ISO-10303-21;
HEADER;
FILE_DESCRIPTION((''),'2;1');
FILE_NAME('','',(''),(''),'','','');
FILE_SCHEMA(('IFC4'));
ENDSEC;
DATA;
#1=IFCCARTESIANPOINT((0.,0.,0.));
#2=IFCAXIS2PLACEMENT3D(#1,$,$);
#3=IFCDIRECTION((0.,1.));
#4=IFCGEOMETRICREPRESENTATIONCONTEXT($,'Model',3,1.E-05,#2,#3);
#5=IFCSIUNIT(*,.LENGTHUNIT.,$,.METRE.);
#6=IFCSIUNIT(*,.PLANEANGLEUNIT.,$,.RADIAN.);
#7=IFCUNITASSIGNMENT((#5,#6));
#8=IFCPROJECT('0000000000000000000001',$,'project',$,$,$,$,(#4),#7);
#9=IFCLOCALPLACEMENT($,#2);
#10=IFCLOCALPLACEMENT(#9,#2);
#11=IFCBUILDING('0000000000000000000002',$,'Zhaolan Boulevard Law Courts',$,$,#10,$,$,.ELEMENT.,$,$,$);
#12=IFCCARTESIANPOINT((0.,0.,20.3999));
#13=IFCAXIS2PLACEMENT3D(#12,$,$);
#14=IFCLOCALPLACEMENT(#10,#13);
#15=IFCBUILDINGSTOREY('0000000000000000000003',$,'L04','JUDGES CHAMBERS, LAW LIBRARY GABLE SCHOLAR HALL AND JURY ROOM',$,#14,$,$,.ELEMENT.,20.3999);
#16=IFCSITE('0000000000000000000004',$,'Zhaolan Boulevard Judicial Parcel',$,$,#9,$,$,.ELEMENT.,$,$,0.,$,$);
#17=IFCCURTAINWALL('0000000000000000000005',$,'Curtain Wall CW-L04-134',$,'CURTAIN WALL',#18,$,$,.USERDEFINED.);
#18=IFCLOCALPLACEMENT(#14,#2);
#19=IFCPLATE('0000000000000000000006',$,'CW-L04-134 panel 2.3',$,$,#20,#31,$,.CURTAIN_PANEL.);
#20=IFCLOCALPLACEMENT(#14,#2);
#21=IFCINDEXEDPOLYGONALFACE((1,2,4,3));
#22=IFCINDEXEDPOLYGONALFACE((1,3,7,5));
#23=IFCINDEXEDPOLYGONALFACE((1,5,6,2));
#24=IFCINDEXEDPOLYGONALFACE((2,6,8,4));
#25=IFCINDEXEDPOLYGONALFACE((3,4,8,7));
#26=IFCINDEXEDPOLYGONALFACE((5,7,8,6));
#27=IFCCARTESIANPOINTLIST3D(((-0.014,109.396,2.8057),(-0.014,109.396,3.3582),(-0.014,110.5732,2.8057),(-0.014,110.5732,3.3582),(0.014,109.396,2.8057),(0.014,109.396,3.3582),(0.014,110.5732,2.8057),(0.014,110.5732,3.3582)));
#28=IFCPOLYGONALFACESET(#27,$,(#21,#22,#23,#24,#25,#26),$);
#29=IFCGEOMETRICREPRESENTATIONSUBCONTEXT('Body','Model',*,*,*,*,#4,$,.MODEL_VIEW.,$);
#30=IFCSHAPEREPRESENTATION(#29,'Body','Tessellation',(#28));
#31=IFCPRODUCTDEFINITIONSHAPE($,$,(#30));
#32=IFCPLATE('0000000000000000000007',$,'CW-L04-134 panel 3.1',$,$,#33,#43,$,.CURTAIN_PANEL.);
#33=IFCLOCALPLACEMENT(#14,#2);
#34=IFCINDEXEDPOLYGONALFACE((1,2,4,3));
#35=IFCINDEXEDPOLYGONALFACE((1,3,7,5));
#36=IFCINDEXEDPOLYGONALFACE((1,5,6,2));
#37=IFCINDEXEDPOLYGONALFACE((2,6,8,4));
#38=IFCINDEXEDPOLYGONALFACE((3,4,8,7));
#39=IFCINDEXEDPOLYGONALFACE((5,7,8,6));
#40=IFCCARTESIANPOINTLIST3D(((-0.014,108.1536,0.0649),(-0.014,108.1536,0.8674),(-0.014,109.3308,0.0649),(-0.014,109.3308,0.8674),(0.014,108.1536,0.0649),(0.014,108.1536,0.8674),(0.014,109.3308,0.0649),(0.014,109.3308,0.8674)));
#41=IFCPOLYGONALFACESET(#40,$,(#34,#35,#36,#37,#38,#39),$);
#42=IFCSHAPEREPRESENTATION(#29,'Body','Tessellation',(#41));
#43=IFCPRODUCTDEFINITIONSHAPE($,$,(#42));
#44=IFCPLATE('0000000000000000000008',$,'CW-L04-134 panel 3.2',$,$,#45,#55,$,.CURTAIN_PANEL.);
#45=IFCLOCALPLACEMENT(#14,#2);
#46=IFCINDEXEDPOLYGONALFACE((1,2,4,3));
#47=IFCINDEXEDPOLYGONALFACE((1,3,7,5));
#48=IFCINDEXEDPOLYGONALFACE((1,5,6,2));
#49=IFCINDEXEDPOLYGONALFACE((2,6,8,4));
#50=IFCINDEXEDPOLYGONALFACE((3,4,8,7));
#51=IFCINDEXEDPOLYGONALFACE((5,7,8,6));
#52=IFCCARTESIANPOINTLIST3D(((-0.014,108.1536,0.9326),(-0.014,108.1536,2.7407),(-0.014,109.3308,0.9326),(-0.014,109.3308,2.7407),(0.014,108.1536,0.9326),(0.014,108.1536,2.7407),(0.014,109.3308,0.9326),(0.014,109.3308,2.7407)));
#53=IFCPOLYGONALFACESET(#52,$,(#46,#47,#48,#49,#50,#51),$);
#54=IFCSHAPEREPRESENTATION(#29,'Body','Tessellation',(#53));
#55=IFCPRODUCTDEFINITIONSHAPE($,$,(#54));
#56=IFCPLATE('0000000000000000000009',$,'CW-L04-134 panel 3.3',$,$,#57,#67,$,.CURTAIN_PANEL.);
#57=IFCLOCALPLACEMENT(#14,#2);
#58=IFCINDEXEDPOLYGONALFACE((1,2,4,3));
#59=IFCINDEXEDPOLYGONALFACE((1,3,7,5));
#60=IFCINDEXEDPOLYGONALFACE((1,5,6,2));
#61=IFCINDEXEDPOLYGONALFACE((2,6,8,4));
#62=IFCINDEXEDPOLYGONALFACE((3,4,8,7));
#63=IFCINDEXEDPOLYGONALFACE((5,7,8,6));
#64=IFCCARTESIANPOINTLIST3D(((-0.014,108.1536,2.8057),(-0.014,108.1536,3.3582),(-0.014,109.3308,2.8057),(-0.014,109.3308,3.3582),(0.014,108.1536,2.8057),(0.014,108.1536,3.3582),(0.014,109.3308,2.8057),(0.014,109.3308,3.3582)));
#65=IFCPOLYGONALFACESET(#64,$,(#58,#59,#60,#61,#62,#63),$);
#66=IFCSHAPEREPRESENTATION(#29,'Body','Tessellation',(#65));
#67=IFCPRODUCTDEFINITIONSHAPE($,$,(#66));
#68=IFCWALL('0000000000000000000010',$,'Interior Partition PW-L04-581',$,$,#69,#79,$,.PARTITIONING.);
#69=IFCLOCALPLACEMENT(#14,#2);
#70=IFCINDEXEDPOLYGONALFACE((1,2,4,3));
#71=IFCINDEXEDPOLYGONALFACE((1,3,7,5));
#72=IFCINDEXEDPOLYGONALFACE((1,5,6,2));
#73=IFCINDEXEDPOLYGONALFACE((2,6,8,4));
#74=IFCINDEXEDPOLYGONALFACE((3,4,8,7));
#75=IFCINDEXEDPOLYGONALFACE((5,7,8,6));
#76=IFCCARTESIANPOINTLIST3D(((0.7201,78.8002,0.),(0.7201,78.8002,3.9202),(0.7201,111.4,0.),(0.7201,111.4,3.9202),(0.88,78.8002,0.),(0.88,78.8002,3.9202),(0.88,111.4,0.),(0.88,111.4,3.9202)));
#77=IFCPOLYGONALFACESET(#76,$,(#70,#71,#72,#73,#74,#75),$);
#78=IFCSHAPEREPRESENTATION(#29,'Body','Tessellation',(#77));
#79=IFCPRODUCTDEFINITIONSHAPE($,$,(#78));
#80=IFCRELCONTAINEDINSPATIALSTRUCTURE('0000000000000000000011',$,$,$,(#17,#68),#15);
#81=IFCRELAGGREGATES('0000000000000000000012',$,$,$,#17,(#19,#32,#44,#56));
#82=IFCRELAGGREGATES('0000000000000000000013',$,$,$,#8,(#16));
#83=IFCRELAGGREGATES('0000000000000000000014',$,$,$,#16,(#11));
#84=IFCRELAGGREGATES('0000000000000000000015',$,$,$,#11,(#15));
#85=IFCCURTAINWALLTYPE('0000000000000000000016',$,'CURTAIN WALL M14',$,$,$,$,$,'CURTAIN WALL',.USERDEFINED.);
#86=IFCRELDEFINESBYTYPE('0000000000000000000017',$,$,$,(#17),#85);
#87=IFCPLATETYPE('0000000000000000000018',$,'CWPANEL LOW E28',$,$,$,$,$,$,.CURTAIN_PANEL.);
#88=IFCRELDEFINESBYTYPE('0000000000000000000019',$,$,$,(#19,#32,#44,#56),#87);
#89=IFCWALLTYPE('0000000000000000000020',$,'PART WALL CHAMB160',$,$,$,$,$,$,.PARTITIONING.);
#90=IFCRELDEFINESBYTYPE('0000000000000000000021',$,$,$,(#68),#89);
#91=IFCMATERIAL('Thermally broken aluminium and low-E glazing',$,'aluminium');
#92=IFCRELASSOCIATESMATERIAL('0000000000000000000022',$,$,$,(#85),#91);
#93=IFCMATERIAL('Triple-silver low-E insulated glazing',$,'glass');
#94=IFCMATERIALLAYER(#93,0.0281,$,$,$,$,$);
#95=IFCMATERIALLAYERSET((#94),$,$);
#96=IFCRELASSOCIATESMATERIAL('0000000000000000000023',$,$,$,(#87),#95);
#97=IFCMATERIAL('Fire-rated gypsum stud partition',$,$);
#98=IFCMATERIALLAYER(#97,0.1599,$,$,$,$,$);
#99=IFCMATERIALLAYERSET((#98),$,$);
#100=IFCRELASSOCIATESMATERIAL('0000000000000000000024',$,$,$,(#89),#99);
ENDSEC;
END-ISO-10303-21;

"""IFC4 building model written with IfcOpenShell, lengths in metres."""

from ifc_helpers import new_model, si_unit, direction, frame, frame_2d, origin, origin_2d, place, context, subcontext, project, spatial, rectangle, extrude, material, layer, layer_set, type_object, element, aggregate, save


model = new_model("IFC4")

# Units and contexts
model_context = context("Model", 3, precision=1e-05, world=origin(), true_north=direction((0.0, 1.0)))
body_context = subcontext(model_context, "Body", "Model", "MODEL_VIEW")
ifc_project = project(units=[si_unit("LENGTHUNIT", "METRE"), si_unit("PLANEANGLEUNIT", "RADIAN")], contexts=[model_context])

# Site, building, storey
site_placement = place(None, origin())
site = spatial("IfcSite", under=ifc_project, at=site_placement, Name="Zhaolan Boulevard Judicial Parcel", CompositionType="ELEMENT", RefElevation=0.0)
building_placement = place(site_placement, origin())
building = spatial("IfcBuilding", under=site, at=building_placement, Name="Zhaolan Boulevard Law Courts", CompositionType="ELEMENT")
storey_placement = place(building_placement, frame((0.0, 0.0, 20.3999)))
storey = spatial("IfcBuildingStorey", under=building, at=storey_placement, Name="L04", Description="JUDGES CHAMBERS, LAW LIBRARY GABLE SCHOLAR HALL AND JURY ROOM", CompositionType="ELEMENT", Elevation=20.3999)

# Curtain wall
ifc_material_1 = material(Name="Thermally broken aluminium and low-E glazing", Category="aluminium")
curtain_wall_type = type_object("IfcCurtainWallType", Name="CURTAIN WALL M14", ElementType="CURTAIN WALL", PredefinedType="USERDEFINED", material=ifc_material_1)
curtain_wall_placement = place(storey_placement, origin())
curtain_wall = element("IfcCurtainWall", 1, at=curtain_wall_placement, inside=storey, type_object=curtain_wall_type, Name="Curtain Wall CW-L04-134", ObjectType="CURTAIN WALL", PredefinedType="USERDEFINED")

# Plates
ifc_material_2 = material(Name="Triple-silver low-E insulated glazing", Category="glass")
ifc_layer_1 = layer(ifc_material_2, 0.0281)
ifc_layer_set_1 = layer_set([ifc_layer_1])
plate_type = type_object("IfcPlateType", Name="CWPANEL LOW E28", PredefinedType="CURTAIN_PANEL", material=ifc_layer_set_1)
plate_1_placement = place(storey_placement, frame((0.0, 109.9846, 2.8057), z_axis=(0.0, 0.0, 1.0), x_axis=(0.0, -1.0, 0.0)))
plate_1 = element("IfcPlate", 2, at=plate_1_placement, type_object=plate_type, Name="CW-L04-134 panel 2.3", PredefinedType="CURTAIN_PANEL", context=body_context, shape_type="SweptSolid", body=[
    extrude(rectangle(XDim=1.1772, YDim=0.0281, at=origin_2d()), origin(), (0.0, 0.0, 1.0), 0.5525),
])
plate_2_placement = place(storey_placement, frame((0.0, 108.7422, 0.0649), z_axis=(0.0, 0.0, 1.0), x_axis=(0.0, -1.0, 0.0)))
plate_2 = element("IfcPlate", 3, at=plate_2_placement, type_object=plate_type, Name="CW-L04-134 panel 3.1", PredefinedType="CURTAIN_PANEL", context=body_context, shape_type="SweptSolid", body=[
    extrude(rectangle(XDim=1.1772, YDim=0.0281, at=origin_2d()), origin(), (0.0, 0.0, 1.0), 0.8025),
])
plate_3_placement = place(storey_placement, frame((0.0, 108.7422, 0.9326), z_axis=(0.0, 0.0, 1.0), x_axis=(0.0, -1.0, 0.0)))
plate_3 = element("IfcPlate", 4, at=plate_3_placement, type_object=plate_type, Name="CW-L04-134 panel 3.2", PredefinedType="CURTAIN_PANEL", context=body_context, shape_type="SweptSolid", body=[
    extrude(rectangle(XDim=1.1772, YDim=0.0281, at=origin_2d()), origin(), (0.0, 0.0, 1.0), 1.8081),
])
plate_4_placement = place(storey_placement, frame((0.0, 108.7422, 2.8057), z_axis=(0.0, 0.0, 1.0), x_axis=(0.0, -1.0, 0.0)))
plate_4 = element("IfcPlate", 5, at=plate_4_placement, type_object=plate_type, Name="CW-L04-134 panel 3.3", PredefinedType="CURTAIN_PANEL", context=body_context, shape_type="SweptSolid", body=[
    extrude(rectangle(XDim=1.1772, YDim=0.0281, at=origin_2d()), origin(), (0.0, 0.0, 1.0), 0.5525),
])
aggregate(curtain_wall, [plate_1, plate_2, plate_3, plate_4])

# Wall
ifc_material_3 = material(Name="Fire-rated gypsum stud partition")
ifc_layer_2 = layer(ifc_material_3, 0.1599)
ifc_layer_set_2 = layer_set([ifc_layer_2])
wall_type = type_object("IfcWallType", Name="PART WALL CHAMB160", PredefinedType="PARTITIONING", material=ifc_layer_set_2)
wall_placement = place(storey_placement, frame((0.8, 111.3999, 0.0), z_axis=(0.0, 0.0, 1.0), x_axis=(0.0, -1.0, 0.0)))
element("IfcWall", 6, at=wall_placement, inside=storey, type_object=wall_type, Name="Interior Partition PW-L04-581", PredefinedType="PARTITIONING", context=body_context, shape_type="SweptSolid", body=[
    extrude(rectangle(XDim=32.5999, YDim=0.1599, at=frame_2d((16.2998, 0.0))), origin(), (0.0, 0.0, 1.0), 3.9202),
])

save(model, "model.ifc")
